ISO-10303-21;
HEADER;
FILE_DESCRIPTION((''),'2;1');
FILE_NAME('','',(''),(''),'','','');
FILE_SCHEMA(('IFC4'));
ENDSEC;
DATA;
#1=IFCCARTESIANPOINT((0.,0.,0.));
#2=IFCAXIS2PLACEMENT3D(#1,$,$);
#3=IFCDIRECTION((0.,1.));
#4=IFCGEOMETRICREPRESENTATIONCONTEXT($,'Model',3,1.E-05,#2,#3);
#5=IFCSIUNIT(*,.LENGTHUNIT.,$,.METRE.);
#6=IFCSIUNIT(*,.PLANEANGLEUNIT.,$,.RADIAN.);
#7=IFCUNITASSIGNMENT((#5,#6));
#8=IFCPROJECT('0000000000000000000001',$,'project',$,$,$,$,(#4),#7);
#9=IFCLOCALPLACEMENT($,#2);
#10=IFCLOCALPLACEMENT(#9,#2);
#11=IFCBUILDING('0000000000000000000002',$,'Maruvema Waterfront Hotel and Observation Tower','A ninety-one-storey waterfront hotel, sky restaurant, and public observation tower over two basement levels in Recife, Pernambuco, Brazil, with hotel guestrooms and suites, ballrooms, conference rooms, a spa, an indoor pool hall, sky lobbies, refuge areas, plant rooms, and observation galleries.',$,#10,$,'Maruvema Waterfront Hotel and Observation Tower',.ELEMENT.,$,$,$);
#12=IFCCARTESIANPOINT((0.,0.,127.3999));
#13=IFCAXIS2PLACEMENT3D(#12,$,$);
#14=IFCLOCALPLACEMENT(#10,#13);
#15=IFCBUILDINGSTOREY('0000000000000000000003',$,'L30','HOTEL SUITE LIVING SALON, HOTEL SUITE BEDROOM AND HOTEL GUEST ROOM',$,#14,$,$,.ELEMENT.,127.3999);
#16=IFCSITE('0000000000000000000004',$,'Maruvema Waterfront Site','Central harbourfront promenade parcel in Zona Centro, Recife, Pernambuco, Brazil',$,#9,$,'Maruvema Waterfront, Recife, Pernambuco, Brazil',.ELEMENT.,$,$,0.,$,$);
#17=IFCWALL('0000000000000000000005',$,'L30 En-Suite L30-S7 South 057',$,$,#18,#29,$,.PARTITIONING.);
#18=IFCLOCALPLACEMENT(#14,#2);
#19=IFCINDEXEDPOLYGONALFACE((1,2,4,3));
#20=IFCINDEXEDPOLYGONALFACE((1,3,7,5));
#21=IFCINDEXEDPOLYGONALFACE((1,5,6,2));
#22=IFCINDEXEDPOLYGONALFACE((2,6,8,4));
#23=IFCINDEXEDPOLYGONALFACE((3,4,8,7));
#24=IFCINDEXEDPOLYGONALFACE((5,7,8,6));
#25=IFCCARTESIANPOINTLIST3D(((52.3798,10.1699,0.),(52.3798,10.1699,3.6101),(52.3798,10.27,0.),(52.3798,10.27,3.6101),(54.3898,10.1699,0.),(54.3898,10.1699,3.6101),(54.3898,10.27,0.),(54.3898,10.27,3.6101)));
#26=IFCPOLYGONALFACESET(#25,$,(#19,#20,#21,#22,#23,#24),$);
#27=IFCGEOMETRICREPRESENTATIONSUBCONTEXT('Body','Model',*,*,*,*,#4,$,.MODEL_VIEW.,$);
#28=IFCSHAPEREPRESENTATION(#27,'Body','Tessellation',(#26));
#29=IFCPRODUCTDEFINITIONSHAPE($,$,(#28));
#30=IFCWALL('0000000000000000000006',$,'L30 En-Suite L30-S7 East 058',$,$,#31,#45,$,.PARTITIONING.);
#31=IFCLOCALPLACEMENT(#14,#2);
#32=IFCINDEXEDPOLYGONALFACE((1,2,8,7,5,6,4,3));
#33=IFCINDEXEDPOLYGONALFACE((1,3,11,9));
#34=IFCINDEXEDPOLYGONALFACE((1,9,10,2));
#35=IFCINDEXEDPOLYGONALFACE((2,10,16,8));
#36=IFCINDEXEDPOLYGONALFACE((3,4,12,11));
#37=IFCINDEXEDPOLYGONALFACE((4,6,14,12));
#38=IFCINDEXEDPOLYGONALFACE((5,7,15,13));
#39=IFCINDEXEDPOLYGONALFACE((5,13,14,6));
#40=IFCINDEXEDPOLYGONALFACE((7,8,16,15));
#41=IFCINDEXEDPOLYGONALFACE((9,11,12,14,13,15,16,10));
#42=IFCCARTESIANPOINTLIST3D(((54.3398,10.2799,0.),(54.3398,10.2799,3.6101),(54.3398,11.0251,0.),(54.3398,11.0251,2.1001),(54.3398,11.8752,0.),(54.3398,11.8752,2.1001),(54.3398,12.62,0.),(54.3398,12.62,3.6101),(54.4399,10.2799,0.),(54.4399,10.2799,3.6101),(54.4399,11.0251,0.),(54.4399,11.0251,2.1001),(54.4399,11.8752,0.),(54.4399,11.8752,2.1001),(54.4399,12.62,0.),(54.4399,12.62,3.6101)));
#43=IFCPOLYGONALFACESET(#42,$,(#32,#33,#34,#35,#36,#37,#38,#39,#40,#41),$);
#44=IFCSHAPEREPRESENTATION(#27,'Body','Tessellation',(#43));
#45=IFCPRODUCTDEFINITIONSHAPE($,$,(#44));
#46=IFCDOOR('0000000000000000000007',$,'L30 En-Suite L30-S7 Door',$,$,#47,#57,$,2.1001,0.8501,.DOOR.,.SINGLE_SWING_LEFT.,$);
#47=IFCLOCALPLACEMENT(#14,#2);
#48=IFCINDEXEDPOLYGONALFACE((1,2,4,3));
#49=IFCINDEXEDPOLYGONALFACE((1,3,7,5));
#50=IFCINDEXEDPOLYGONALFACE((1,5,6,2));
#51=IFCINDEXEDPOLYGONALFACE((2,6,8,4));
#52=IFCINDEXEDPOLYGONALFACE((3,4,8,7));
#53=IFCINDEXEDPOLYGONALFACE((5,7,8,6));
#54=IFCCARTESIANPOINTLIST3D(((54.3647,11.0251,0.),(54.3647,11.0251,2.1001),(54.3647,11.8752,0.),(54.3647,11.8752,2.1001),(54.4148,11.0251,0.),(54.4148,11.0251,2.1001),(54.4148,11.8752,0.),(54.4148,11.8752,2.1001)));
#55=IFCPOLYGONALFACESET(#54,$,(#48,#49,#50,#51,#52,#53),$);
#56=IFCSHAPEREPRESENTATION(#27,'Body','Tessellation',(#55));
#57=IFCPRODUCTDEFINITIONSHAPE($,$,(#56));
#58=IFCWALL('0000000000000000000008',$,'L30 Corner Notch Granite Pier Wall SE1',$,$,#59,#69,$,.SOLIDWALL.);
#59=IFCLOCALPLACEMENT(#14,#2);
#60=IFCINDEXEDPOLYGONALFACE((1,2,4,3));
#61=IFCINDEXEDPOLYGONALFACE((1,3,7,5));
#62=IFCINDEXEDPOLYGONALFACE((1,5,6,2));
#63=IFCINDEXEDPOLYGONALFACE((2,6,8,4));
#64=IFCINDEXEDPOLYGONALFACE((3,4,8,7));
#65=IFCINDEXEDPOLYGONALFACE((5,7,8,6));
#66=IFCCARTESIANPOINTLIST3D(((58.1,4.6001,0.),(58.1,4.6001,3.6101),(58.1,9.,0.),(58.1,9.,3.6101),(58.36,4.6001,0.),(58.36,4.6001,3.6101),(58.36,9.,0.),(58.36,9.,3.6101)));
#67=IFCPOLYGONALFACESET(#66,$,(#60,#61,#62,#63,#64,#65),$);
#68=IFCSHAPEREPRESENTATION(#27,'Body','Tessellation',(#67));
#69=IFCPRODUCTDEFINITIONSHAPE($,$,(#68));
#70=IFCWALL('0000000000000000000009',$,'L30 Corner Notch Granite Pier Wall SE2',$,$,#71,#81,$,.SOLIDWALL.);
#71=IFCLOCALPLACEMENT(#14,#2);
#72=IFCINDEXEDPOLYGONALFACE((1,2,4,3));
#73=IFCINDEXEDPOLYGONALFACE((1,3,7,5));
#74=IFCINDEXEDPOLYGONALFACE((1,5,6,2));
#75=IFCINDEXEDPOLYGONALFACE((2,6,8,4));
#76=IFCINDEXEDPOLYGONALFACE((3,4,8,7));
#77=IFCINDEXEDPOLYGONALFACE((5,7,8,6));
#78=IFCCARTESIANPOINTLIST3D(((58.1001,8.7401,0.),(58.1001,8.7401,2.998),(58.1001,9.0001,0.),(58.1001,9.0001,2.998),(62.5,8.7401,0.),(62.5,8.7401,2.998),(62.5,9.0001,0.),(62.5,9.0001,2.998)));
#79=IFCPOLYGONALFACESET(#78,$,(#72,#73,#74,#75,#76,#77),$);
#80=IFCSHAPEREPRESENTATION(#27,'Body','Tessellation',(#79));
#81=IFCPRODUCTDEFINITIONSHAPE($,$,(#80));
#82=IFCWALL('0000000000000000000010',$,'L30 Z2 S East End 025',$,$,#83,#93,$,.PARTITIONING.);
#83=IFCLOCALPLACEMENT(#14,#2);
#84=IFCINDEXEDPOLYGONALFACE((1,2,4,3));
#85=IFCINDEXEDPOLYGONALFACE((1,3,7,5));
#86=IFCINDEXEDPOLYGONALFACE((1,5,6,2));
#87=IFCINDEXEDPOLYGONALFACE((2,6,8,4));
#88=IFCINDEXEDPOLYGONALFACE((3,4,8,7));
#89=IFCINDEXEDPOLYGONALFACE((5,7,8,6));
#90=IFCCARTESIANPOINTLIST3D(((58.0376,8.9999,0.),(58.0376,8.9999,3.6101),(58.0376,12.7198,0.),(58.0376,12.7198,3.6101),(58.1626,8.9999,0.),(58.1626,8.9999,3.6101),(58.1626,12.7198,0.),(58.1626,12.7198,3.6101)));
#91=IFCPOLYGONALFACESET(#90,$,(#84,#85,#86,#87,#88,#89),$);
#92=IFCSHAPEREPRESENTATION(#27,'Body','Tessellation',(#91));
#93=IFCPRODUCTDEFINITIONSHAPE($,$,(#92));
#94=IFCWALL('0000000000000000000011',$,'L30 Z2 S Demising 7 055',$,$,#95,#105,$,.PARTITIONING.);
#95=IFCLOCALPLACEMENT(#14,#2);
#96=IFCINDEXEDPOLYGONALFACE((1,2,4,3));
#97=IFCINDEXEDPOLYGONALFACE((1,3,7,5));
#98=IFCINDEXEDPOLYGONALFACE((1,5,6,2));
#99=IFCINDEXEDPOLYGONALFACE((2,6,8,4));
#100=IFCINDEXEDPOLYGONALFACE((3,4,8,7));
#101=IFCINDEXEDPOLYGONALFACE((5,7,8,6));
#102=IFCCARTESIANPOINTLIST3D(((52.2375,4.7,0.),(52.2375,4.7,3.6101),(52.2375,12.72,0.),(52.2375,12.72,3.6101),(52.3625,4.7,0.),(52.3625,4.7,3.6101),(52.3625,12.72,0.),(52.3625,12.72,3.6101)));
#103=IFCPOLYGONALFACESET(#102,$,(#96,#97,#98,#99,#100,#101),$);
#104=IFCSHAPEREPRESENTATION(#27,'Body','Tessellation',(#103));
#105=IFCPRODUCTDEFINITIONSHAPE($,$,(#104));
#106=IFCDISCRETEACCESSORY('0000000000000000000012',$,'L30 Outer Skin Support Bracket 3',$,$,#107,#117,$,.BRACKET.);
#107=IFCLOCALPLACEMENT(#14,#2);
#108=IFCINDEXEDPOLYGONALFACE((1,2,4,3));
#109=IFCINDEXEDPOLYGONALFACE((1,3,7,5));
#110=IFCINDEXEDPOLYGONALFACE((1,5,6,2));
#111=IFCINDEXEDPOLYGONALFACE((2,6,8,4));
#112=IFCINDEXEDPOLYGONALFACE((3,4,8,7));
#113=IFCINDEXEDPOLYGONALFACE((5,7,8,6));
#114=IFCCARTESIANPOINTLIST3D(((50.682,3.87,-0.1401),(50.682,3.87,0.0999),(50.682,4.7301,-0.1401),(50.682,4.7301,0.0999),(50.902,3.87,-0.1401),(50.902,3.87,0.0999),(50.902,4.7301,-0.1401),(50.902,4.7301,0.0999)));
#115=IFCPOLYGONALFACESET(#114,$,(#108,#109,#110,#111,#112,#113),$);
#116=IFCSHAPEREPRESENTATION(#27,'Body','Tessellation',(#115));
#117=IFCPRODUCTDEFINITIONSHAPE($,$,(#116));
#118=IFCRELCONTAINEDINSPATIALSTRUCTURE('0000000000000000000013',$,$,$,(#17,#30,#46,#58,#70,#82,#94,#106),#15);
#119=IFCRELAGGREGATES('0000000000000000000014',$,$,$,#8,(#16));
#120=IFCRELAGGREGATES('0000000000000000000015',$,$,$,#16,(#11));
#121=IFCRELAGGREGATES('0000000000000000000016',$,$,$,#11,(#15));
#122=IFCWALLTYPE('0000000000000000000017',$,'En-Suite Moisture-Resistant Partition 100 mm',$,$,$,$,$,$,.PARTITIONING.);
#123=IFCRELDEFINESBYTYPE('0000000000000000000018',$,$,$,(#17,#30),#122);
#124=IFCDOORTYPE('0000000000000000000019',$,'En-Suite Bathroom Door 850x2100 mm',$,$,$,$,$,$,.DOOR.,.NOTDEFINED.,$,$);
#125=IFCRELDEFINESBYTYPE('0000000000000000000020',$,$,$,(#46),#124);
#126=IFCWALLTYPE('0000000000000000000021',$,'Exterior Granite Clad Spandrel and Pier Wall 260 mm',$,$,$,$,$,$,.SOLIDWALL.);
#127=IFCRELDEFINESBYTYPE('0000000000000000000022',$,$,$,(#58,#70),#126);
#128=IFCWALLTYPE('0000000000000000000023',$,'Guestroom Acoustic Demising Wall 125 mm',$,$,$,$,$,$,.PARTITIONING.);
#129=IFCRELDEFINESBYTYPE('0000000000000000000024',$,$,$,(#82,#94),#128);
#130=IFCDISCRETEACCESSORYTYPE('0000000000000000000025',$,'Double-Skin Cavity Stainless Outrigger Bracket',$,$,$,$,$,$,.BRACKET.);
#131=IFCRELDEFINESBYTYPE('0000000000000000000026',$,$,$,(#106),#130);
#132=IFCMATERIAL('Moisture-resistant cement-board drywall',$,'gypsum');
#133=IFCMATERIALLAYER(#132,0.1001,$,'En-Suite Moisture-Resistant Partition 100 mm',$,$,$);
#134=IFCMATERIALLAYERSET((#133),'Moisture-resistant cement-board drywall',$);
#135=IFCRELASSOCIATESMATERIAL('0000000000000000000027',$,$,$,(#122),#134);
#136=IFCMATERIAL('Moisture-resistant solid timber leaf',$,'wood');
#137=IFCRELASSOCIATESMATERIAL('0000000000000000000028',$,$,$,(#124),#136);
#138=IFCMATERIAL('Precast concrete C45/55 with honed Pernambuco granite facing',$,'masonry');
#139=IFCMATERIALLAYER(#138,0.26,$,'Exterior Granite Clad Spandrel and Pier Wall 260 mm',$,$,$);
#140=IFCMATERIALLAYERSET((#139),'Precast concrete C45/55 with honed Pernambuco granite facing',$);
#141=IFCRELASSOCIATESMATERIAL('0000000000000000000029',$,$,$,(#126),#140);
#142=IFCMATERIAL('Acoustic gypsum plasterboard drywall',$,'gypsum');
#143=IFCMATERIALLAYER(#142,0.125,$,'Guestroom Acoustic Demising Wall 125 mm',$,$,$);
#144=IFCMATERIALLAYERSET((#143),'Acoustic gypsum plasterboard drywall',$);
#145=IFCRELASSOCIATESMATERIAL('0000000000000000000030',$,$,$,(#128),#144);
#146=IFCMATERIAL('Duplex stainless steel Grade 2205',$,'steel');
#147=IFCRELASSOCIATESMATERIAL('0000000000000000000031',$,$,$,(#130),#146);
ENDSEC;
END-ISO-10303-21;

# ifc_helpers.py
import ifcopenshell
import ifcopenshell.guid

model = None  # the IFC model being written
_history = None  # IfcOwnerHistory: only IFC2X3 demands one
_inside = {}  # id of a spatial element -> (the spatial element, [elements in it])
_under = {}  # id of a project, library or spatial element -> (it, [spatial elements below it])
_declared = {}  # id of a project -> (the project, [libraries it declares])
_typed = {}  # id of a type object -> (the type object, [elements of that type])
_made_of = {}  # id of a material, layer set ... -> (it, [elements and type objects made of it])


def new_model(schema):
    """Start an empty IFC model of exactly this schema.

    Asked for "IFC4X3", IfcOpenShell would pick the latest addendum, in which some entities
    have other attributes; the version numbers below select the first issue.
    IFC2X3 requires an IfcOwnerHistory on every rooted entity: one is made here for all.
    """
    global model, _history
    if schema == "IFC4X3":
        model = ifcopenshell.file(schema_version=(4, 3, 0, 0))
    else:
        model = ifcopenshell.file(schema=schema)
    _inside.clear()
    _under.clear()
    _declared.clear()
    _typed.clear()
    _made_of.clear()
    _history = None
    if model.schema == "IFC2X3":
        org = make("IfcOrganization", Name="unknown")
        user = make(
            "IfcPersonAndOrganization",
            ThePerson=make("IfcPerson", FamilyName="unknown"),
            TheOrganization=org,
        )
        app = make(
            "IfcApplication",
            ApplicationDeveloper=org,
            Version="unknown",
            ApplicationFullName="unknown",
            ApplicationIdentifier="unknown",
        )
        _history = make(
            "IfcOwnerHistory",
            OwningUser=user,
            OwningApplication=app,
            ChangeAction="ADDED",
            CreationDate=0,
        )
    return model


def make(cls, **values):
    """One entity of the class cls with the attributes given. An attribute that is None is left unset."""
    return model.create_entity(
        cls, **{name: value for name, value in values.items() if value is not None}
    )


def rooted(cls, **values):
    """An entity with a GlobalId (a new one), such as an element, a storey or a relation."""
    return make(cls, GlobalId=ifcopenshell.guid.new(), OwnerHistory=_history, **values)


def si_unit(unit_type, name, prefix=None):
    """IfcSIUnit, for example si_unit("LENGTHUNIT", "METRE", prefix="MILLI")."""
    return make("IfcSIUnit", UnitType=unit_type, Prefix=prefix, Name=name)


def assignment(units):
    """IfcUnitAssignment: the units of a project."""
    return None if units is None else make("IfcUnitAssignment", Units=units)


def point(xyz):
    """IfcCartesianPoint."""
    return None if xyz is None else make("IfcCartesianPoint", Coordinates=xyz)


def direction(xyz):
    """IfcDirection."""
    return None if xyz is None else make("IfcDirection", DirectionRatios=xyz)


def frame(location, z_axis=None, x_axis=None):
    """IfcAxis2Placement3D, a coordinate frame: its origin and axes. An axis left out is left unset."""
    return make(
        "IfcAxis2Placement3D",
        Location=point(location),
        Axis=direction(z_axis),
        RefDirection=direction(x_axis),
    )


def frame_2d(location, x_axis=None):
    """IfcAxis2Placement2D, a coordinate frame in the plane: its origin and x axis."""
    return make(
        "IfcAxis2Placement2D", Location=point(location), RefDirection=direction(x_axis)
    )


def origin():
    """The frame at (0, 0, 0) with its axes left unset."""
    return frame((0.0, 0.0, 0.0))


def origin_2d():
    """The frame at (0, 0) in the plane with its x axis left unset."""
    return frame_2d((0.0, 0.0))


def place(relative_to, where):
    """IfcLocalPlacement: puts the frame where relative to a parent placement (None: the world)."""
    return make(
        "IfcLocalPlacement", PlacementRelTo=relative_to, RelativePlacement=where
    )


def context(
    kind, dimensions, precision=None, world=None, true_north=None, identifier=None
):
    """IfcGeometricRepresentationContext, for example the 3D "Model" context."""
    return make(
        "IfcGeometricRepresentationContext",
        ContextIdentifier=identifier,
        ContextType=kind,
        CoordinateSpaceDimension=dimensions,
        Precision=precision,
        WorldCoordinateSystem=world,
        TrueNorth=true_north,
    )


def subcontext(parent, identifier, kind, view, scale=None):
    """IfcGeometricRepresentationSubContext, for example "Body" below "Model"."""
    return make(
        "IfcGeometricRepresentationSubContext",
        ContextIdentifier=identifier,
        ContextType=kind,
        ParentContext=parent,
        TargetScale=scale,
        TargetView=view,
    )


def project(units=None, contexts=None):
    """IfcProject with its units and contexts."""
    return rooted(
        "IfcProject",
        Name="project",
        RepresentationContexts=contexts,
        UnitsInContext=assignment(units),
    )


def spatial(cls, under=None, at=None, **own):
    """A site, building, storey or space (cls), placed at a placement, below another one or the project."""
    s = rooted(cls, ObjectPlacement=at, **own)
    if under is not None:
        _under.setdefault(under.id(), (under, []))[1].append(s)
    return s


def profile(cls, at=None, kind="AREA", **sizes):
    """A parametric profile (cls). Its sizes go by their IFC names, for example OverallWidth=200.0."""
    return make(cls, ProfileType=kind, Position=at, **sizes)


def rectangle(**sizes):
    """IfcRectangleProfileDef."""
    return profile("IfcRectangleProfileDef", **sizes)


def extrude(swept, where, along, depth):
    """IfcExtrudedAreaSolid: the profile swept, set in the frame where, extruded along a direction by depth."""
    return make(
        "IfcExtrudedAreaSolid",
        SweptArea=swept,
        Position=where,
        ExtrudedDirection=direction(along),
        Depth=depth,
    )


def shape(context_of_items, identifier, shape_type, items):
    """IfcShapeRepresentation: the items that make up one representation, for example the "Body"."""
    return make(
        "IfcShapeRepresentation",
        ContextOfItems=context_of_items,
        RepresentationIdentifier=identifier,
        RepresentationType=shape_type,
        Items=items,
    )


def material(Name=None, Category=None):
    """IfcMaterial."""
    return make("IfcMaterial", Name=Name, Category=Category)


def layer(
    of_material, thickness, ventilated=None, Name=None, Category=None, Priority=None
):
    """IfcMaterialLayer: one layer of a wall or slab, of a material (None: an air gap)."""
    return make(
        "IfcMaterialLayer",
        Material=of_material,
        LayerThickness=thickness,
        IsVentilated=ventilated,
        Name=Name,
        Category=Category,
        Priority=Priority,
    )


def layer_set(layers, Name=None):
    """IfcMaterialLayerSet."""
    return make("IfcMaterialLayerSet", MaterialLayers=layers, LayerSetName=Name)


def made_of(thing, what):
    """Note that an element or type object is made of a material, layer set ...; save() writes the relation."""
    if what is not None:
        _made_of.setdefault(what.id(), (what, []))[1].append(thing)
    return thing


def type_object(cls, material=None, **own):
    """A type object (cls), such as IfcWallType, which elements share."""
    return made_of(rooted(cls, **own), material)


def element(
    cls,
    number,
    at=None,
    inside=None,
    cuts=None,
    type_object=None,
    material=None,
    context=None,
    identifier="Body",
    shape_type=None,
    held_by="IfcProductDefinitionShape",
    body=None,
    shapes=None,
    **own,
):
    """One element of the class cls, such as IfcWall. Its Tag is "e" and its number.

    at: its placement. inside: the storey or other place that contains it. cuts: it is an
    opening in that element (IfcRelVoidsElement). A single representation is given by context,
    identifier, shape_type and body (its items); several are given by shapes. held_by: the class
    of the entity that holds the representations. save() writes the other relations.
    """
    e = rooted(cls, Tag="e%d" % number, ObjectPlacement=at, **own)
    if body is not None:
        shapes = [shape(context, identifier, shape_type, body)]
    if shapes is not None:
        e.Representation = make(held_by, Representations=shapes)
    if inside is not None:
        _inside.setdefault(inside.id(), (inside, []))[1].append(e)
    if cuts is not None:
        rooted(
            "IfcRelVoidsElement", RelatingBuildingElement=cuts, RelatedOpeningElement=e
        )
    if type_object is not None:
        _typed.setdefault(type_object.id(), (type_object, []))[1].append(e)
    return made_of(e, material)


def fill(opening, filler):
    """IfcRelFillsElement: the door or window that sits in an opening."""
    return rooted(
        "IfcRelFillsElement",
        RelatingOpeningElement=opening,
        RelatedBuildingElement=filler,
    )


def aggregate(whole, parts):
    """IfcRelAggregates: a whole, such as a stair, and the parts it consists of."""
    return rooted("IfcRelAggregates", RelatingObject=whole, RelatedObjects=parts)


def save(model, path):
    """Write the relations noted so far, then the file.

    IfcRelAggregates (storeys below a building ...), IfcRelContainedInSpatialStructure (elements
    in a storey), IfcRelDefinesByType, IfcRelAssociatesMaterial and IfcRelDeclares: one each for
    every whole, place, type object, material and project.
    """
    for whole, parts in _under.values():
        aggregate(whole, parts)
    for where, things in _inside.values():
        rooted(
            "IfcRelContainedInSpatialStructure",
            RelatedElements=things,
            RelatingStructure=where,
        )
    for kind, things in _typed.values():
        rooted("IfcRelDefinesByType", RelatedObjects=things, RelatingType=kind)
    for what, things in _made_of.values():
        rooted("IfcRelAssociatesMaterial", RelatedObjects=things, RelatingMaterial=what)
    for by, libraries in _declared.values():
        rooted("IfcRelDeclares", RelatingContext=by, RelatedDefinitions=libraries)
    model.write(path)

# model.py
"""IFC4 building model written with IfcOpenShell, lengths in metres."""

from ifc_helpers import new_model, si_unit, direction, frame, frame_2d, origin, origin_2d, place, context, subcontext, project, spatial, rectangle, extrude, material, layer, layer_set, type_object, element, fill, save


model = new_model("IFC4")

# Units and contexts
model_context = context("Model", 3, precision=1e-05, world=origin(), true_north=direction((0.0, 1.0)))
body_context = subcontext(model_context, "Body", "Model", "MODEL_VIEW")
ifc_project = project(units=[si_unit("LENGTHUNIT", "METRE"), si_unit("PLANEANGLEUNIT", "RADIAN")], contexts=[model_context])

# Site, building, storey
site_placement = place(None, origin())
site = spatial("IfcSite", under=ifc_project, at=site_placement, Name="Maruvema Waterfront Site", Description="Central harbourfront promenade parcel in Zona Centro, Recife, Pernambuco, Brazil", LongName="Maruvema Waterfront, Recife, Pernambuco, Brazil", CompositionType="ELEMENT", RefElevation=0.0)
building_placement = place(site_placement, origin())
building = spatial("IfcBuilding", under=site, at=building_placement, Name="Maruvema Waterfront Hotel and Observation Tower", Description="A ninety-one-storey waterfront hotel, sky restaurant, and public observation tower over two basement levels in Recife, Pernambuco, Brazil, with hotel guestrooms and suites, ballrooms, conference rooms, a spa, an indoor pool hall, sky lobbies, refuge areas, plant rooms, and observation galleries.", LongName="Maruvema Waterfront Hotel and Observation Tower", CompositionType="ELEMENT")
storey_placement = place(building_placement, frame((0.0, 0.0, 127.3999)))
storey = spatial("IfcBuildingStorey", under=building, at=storey_placement, Name="L30", Description="HOTEL SUITE LIVING SALON, HOTEL SUITE BEDROOM AND HOTEL GUEST ROOM", CompositionType="ELEMENT", Elevation=127.3999)

# Wall
ifc_material_1 = material(Name="Moisture-resistant cement-board drywall", Category="gypsum")
ifc_layer_1 = layer(ifc_material_1, 0.1001, Name="En-Suite Moisture-Resistant Partition 100 mm")
ifc_layer_set_1 = layer_set([ifc_layer_1], Name="Moisture-resistant cement-board drywall")
wall_type_1 = type_object("IfcWallType", Name="En-Suite Moisture-Resistant Partition 100 mm", PredefinedType="PARTITIONING", material=ifc_layer_set_1)
wall_1_placement = place(storey_placement, frame((52.3799, 10.22, 0.0), z_axis=(0.0, 0.0, 1.0), x_axis=(1.0, 0.0, 0.0)))
element("IfcWall", 1, at=wall_1_placement, inside=storey, type_object=wall_type_1, Name="L30 En-Suite L30-S7 South 057", PredefinedType="PARTITIONING", context=body_context, shape_type="SweptSolid", body=[
    extrude(rectangle(XDim=2.01, YDim=0.1001, at=frame_2d((1.0049, 0.0))), origin(), (0.0, 0.0, 1.0), 3.6101),
])

# Wall, opening, door
wall_2_placement = place(storey_placement, frame((54.3899, 10.28, 0.0), z_axis=(0.0, 0.0, 1.0), x_axis=(0.0, 1.0, 0.0)))
wall_2 = element("IfcWall", 2, at=wall_2_placement, inside=storey, type_object=wall_type_1, Name="L30 En-Suite L30-S7 East 058", PredefinedType="PARTITIONING", context=body_context, shape_type="SweptSolid", body=[
    extrude(rectangle(XDim=2.3401, YDim=0.1001, at=frame_2d((1.1699, 0.0))), origin(), (0.0, 0.0, 1.0), 3.6101),
])
opening_1_placement = place(wall_2_placement, frame((0.7451, 0.0, 0.0)))
opening_1 = element("IfcOpeningElement", 3, at=opening_1_placement, cuts=wall_2, PredefinedType="OPENING", context=body_context, shape_type="SweptSolid", body=[
    extrude(rectangle(XDim=0.8501, YDim=2.1001, at=frame_2d((0.425, 1.05))), frame((0.0, 0.0601, 0.0), z_axis=(0.0, -1.0, 0.0), x_axis=(1.0, 0.0, 0.0)), (0.0, 0.0, 1.0), 0.1201),
])
ifc_material_2 = material(Name="Moisture-resistant solid timber leaf", Category="wood")
door_type_1 = type_object("IfcDoorType", Name="En-Suite Bathroom Door 850x2100 mm", OperationType="NOTDEFINED", PredefinedType="DOOR", material=ifc_material_2)
door_1_placement = place(opening_1_placement, frame((0.8501, 0.0, 0.0), z_axis=(0.0, 0.0, 1.0), x_axis=(-1.0, 0.0, 0.0)))
door_1 = element("IfcDoor", 4, at=door_1_placement, inside=storey, type_object=door_type_1, Name="L30 En-Suite L30-S7 Door", OperationType="SINGLE_SWING_LEFT", OverallHeight=2.1001, OverallWidth=0.8501, PredefinedType="DOOR", context=body_context, shape_type="SweptSolid", body=[
    extrude(rectangle(XDim=0.8501, YDim=2.1001, at=frame_2d((0.425, 1.05))), frame((0.0, 0.0249, 0.0), z_axis=(0.0, -1.0, 0.0), x_axis=(1.0, 0.0, 0.0)), (0.0, 0.0, 1.0), 0.05),
])
fill(opening_1, door_1)

# Walls
ifc_material_3 = material(Name="Precast concrete C45/55 with honed Pernambuco granite facing", Category="masonry")
ifc_layer_2 = layer(ifc_material_3, 0.26, Name="Exterior Granite Clad Spandrel and Pier Wall 260 mm")
ifc_layer_set_2 = layer_set([ifc_layer_2], Name="Precast concrete C45/55 with honed Pernambuco granite facing")
wall_type_2 = type_object("IfcWallType", Name="Exterior Granite Clad Spandrel and Pier Wall 260 mm", PredefinedType="SOLIDWALL", material=ifc_layer_set_2)
wall_3_placement = place(storey_placement, frame((58.23, 9.0, 0.0), z_axis=(0.0, 0.0, 1.0), x_axis=(0.0, -1.0, 0.0)))
element("IfcWall", 5, at=wall_3_placement, inside=storey, type_object=wall_type_2, Name="L30 Corner Notch Granite Pier Wall SE1", PredefinedType="SOLIDWALL", context=body_context, shape_type="SweptSolid", body=[
    extrude(rectangle(XDim=4.3999, YDim=0.26, at=frame_2d((2.2, 0.0))), origin(), (0.0, 0.0, 1.0), 3.6101),
])
wall_4_placement = place(storey_placement, frame((62.5, 8.8701, 0.0), z_axis=(0.0, 0.0, 1.0), x_axis=(-1.0, 0.0, 0.0)))
element("IfcWall", 6, at=wall_4_placement, inside=storey, type_object=wall_type_2, Name="L30 Corner Notch Granite Pier Wall SE2", PredefinedType="SOLIDWALL", context=body_context, shape_type="SweptSolid", body=[
    extrude(rectangle(XDim=4.3999, YDim=0.26, at=frame_2d((2.2, 0.0))), origin(), (0.0, 0.0, 1.0), 2.998),
])
ifc_material_4 = material(Name="Acoustic gypsum plasterboard drywall", Category="gypsum")
ifc_layer_3 = layer(ifc_material_4, 0.125, Name="Guestroom Acoustic Demising Wall 125 mm")
ifc_layer_set_3 = layer_set([ifc_layer_3], Name="Acoustic gypsum plasterboard drywall")
wall_type_3 = type_object("IfcWallType", Name="Guestroom Acoustic Demising Wall 125 mm", PredefinedType="PARTITIONING", material=ifc_layer_set_3)
wall_5_placement = place(storey_placement, frame((58.1001, 9.0, 0.0), z_axis=(0.0, 0.0, 1.0), x_axis=(0.0, 1.0, 0.0)))
element("IfcWall", 7, at=wall_5_placement, inside=storey, type_object=wall_type_3, Name="L30 Z2 S East End 025", PredefinedType="PARTITIONING", context=body_context, shape_type="SweptSolid", body=[
    extrude(rectangle(XDim=3.72, YDim=0.125, at=frame_2d((1.8599, 0.0))), origin(), (0.0, 0.0, 1.0), 3.6101),
])
wall_6_placement = place(storey_placement, frame((52.3, 4.7, 0.0), z_axis=(0.0, 0.0, 1.0), x_axis=(0.0, 1.0, 0.0)))
element("IfcWall", 8, at=wall_6_placement, inside=storey, type_object=wall_type_3, Name="L30 Z2 S Demising 7 055", PredefinedType="PARTITIONING", context=body_context, shape_type="SweptSolid", body=[
    extrude(rectangle(XDim=8.02, YDim=0.125, at=frame_2d((4.01, 0.0))), origin(), (0.0, 0.0, 1.0), 3.6101),
])

# Discrete accessory
ifc_material_5 = material(Name="Duplex stainless steel Grade 2205", Category="steel")
discrete_accessory_type = type_object("IfcDiscreteAccessoryType", Name="Double-Skin Cavity Stainless Outrigger Bracket", PredefinedType="BRACKET", material=ifc_material_5)
discrete_accessory_placement = place(storey_placement, frame((50.792, 4.3, -0.1401), z_axis=(0.0, 0.0, 1.0), x_axis=(1.0, 0.0, 0.0)))
element("IfcDiscreteAccessory", 9, at=discrete_accessory_placement, inside=storey, type_object=discrete_accessory_type, Name="L30 Outer Skin Support Bracket 3", PredefinedType="BRACKET", context=body_context, shape_type="SweptSolid", body=[
    extrude(rectangle(XDim=0.22, YDim=0.8601, at=origin_2d()), origin(), (0.0, 0.0, 1.0), 0.24),
])

save(model, "model.ifc")
